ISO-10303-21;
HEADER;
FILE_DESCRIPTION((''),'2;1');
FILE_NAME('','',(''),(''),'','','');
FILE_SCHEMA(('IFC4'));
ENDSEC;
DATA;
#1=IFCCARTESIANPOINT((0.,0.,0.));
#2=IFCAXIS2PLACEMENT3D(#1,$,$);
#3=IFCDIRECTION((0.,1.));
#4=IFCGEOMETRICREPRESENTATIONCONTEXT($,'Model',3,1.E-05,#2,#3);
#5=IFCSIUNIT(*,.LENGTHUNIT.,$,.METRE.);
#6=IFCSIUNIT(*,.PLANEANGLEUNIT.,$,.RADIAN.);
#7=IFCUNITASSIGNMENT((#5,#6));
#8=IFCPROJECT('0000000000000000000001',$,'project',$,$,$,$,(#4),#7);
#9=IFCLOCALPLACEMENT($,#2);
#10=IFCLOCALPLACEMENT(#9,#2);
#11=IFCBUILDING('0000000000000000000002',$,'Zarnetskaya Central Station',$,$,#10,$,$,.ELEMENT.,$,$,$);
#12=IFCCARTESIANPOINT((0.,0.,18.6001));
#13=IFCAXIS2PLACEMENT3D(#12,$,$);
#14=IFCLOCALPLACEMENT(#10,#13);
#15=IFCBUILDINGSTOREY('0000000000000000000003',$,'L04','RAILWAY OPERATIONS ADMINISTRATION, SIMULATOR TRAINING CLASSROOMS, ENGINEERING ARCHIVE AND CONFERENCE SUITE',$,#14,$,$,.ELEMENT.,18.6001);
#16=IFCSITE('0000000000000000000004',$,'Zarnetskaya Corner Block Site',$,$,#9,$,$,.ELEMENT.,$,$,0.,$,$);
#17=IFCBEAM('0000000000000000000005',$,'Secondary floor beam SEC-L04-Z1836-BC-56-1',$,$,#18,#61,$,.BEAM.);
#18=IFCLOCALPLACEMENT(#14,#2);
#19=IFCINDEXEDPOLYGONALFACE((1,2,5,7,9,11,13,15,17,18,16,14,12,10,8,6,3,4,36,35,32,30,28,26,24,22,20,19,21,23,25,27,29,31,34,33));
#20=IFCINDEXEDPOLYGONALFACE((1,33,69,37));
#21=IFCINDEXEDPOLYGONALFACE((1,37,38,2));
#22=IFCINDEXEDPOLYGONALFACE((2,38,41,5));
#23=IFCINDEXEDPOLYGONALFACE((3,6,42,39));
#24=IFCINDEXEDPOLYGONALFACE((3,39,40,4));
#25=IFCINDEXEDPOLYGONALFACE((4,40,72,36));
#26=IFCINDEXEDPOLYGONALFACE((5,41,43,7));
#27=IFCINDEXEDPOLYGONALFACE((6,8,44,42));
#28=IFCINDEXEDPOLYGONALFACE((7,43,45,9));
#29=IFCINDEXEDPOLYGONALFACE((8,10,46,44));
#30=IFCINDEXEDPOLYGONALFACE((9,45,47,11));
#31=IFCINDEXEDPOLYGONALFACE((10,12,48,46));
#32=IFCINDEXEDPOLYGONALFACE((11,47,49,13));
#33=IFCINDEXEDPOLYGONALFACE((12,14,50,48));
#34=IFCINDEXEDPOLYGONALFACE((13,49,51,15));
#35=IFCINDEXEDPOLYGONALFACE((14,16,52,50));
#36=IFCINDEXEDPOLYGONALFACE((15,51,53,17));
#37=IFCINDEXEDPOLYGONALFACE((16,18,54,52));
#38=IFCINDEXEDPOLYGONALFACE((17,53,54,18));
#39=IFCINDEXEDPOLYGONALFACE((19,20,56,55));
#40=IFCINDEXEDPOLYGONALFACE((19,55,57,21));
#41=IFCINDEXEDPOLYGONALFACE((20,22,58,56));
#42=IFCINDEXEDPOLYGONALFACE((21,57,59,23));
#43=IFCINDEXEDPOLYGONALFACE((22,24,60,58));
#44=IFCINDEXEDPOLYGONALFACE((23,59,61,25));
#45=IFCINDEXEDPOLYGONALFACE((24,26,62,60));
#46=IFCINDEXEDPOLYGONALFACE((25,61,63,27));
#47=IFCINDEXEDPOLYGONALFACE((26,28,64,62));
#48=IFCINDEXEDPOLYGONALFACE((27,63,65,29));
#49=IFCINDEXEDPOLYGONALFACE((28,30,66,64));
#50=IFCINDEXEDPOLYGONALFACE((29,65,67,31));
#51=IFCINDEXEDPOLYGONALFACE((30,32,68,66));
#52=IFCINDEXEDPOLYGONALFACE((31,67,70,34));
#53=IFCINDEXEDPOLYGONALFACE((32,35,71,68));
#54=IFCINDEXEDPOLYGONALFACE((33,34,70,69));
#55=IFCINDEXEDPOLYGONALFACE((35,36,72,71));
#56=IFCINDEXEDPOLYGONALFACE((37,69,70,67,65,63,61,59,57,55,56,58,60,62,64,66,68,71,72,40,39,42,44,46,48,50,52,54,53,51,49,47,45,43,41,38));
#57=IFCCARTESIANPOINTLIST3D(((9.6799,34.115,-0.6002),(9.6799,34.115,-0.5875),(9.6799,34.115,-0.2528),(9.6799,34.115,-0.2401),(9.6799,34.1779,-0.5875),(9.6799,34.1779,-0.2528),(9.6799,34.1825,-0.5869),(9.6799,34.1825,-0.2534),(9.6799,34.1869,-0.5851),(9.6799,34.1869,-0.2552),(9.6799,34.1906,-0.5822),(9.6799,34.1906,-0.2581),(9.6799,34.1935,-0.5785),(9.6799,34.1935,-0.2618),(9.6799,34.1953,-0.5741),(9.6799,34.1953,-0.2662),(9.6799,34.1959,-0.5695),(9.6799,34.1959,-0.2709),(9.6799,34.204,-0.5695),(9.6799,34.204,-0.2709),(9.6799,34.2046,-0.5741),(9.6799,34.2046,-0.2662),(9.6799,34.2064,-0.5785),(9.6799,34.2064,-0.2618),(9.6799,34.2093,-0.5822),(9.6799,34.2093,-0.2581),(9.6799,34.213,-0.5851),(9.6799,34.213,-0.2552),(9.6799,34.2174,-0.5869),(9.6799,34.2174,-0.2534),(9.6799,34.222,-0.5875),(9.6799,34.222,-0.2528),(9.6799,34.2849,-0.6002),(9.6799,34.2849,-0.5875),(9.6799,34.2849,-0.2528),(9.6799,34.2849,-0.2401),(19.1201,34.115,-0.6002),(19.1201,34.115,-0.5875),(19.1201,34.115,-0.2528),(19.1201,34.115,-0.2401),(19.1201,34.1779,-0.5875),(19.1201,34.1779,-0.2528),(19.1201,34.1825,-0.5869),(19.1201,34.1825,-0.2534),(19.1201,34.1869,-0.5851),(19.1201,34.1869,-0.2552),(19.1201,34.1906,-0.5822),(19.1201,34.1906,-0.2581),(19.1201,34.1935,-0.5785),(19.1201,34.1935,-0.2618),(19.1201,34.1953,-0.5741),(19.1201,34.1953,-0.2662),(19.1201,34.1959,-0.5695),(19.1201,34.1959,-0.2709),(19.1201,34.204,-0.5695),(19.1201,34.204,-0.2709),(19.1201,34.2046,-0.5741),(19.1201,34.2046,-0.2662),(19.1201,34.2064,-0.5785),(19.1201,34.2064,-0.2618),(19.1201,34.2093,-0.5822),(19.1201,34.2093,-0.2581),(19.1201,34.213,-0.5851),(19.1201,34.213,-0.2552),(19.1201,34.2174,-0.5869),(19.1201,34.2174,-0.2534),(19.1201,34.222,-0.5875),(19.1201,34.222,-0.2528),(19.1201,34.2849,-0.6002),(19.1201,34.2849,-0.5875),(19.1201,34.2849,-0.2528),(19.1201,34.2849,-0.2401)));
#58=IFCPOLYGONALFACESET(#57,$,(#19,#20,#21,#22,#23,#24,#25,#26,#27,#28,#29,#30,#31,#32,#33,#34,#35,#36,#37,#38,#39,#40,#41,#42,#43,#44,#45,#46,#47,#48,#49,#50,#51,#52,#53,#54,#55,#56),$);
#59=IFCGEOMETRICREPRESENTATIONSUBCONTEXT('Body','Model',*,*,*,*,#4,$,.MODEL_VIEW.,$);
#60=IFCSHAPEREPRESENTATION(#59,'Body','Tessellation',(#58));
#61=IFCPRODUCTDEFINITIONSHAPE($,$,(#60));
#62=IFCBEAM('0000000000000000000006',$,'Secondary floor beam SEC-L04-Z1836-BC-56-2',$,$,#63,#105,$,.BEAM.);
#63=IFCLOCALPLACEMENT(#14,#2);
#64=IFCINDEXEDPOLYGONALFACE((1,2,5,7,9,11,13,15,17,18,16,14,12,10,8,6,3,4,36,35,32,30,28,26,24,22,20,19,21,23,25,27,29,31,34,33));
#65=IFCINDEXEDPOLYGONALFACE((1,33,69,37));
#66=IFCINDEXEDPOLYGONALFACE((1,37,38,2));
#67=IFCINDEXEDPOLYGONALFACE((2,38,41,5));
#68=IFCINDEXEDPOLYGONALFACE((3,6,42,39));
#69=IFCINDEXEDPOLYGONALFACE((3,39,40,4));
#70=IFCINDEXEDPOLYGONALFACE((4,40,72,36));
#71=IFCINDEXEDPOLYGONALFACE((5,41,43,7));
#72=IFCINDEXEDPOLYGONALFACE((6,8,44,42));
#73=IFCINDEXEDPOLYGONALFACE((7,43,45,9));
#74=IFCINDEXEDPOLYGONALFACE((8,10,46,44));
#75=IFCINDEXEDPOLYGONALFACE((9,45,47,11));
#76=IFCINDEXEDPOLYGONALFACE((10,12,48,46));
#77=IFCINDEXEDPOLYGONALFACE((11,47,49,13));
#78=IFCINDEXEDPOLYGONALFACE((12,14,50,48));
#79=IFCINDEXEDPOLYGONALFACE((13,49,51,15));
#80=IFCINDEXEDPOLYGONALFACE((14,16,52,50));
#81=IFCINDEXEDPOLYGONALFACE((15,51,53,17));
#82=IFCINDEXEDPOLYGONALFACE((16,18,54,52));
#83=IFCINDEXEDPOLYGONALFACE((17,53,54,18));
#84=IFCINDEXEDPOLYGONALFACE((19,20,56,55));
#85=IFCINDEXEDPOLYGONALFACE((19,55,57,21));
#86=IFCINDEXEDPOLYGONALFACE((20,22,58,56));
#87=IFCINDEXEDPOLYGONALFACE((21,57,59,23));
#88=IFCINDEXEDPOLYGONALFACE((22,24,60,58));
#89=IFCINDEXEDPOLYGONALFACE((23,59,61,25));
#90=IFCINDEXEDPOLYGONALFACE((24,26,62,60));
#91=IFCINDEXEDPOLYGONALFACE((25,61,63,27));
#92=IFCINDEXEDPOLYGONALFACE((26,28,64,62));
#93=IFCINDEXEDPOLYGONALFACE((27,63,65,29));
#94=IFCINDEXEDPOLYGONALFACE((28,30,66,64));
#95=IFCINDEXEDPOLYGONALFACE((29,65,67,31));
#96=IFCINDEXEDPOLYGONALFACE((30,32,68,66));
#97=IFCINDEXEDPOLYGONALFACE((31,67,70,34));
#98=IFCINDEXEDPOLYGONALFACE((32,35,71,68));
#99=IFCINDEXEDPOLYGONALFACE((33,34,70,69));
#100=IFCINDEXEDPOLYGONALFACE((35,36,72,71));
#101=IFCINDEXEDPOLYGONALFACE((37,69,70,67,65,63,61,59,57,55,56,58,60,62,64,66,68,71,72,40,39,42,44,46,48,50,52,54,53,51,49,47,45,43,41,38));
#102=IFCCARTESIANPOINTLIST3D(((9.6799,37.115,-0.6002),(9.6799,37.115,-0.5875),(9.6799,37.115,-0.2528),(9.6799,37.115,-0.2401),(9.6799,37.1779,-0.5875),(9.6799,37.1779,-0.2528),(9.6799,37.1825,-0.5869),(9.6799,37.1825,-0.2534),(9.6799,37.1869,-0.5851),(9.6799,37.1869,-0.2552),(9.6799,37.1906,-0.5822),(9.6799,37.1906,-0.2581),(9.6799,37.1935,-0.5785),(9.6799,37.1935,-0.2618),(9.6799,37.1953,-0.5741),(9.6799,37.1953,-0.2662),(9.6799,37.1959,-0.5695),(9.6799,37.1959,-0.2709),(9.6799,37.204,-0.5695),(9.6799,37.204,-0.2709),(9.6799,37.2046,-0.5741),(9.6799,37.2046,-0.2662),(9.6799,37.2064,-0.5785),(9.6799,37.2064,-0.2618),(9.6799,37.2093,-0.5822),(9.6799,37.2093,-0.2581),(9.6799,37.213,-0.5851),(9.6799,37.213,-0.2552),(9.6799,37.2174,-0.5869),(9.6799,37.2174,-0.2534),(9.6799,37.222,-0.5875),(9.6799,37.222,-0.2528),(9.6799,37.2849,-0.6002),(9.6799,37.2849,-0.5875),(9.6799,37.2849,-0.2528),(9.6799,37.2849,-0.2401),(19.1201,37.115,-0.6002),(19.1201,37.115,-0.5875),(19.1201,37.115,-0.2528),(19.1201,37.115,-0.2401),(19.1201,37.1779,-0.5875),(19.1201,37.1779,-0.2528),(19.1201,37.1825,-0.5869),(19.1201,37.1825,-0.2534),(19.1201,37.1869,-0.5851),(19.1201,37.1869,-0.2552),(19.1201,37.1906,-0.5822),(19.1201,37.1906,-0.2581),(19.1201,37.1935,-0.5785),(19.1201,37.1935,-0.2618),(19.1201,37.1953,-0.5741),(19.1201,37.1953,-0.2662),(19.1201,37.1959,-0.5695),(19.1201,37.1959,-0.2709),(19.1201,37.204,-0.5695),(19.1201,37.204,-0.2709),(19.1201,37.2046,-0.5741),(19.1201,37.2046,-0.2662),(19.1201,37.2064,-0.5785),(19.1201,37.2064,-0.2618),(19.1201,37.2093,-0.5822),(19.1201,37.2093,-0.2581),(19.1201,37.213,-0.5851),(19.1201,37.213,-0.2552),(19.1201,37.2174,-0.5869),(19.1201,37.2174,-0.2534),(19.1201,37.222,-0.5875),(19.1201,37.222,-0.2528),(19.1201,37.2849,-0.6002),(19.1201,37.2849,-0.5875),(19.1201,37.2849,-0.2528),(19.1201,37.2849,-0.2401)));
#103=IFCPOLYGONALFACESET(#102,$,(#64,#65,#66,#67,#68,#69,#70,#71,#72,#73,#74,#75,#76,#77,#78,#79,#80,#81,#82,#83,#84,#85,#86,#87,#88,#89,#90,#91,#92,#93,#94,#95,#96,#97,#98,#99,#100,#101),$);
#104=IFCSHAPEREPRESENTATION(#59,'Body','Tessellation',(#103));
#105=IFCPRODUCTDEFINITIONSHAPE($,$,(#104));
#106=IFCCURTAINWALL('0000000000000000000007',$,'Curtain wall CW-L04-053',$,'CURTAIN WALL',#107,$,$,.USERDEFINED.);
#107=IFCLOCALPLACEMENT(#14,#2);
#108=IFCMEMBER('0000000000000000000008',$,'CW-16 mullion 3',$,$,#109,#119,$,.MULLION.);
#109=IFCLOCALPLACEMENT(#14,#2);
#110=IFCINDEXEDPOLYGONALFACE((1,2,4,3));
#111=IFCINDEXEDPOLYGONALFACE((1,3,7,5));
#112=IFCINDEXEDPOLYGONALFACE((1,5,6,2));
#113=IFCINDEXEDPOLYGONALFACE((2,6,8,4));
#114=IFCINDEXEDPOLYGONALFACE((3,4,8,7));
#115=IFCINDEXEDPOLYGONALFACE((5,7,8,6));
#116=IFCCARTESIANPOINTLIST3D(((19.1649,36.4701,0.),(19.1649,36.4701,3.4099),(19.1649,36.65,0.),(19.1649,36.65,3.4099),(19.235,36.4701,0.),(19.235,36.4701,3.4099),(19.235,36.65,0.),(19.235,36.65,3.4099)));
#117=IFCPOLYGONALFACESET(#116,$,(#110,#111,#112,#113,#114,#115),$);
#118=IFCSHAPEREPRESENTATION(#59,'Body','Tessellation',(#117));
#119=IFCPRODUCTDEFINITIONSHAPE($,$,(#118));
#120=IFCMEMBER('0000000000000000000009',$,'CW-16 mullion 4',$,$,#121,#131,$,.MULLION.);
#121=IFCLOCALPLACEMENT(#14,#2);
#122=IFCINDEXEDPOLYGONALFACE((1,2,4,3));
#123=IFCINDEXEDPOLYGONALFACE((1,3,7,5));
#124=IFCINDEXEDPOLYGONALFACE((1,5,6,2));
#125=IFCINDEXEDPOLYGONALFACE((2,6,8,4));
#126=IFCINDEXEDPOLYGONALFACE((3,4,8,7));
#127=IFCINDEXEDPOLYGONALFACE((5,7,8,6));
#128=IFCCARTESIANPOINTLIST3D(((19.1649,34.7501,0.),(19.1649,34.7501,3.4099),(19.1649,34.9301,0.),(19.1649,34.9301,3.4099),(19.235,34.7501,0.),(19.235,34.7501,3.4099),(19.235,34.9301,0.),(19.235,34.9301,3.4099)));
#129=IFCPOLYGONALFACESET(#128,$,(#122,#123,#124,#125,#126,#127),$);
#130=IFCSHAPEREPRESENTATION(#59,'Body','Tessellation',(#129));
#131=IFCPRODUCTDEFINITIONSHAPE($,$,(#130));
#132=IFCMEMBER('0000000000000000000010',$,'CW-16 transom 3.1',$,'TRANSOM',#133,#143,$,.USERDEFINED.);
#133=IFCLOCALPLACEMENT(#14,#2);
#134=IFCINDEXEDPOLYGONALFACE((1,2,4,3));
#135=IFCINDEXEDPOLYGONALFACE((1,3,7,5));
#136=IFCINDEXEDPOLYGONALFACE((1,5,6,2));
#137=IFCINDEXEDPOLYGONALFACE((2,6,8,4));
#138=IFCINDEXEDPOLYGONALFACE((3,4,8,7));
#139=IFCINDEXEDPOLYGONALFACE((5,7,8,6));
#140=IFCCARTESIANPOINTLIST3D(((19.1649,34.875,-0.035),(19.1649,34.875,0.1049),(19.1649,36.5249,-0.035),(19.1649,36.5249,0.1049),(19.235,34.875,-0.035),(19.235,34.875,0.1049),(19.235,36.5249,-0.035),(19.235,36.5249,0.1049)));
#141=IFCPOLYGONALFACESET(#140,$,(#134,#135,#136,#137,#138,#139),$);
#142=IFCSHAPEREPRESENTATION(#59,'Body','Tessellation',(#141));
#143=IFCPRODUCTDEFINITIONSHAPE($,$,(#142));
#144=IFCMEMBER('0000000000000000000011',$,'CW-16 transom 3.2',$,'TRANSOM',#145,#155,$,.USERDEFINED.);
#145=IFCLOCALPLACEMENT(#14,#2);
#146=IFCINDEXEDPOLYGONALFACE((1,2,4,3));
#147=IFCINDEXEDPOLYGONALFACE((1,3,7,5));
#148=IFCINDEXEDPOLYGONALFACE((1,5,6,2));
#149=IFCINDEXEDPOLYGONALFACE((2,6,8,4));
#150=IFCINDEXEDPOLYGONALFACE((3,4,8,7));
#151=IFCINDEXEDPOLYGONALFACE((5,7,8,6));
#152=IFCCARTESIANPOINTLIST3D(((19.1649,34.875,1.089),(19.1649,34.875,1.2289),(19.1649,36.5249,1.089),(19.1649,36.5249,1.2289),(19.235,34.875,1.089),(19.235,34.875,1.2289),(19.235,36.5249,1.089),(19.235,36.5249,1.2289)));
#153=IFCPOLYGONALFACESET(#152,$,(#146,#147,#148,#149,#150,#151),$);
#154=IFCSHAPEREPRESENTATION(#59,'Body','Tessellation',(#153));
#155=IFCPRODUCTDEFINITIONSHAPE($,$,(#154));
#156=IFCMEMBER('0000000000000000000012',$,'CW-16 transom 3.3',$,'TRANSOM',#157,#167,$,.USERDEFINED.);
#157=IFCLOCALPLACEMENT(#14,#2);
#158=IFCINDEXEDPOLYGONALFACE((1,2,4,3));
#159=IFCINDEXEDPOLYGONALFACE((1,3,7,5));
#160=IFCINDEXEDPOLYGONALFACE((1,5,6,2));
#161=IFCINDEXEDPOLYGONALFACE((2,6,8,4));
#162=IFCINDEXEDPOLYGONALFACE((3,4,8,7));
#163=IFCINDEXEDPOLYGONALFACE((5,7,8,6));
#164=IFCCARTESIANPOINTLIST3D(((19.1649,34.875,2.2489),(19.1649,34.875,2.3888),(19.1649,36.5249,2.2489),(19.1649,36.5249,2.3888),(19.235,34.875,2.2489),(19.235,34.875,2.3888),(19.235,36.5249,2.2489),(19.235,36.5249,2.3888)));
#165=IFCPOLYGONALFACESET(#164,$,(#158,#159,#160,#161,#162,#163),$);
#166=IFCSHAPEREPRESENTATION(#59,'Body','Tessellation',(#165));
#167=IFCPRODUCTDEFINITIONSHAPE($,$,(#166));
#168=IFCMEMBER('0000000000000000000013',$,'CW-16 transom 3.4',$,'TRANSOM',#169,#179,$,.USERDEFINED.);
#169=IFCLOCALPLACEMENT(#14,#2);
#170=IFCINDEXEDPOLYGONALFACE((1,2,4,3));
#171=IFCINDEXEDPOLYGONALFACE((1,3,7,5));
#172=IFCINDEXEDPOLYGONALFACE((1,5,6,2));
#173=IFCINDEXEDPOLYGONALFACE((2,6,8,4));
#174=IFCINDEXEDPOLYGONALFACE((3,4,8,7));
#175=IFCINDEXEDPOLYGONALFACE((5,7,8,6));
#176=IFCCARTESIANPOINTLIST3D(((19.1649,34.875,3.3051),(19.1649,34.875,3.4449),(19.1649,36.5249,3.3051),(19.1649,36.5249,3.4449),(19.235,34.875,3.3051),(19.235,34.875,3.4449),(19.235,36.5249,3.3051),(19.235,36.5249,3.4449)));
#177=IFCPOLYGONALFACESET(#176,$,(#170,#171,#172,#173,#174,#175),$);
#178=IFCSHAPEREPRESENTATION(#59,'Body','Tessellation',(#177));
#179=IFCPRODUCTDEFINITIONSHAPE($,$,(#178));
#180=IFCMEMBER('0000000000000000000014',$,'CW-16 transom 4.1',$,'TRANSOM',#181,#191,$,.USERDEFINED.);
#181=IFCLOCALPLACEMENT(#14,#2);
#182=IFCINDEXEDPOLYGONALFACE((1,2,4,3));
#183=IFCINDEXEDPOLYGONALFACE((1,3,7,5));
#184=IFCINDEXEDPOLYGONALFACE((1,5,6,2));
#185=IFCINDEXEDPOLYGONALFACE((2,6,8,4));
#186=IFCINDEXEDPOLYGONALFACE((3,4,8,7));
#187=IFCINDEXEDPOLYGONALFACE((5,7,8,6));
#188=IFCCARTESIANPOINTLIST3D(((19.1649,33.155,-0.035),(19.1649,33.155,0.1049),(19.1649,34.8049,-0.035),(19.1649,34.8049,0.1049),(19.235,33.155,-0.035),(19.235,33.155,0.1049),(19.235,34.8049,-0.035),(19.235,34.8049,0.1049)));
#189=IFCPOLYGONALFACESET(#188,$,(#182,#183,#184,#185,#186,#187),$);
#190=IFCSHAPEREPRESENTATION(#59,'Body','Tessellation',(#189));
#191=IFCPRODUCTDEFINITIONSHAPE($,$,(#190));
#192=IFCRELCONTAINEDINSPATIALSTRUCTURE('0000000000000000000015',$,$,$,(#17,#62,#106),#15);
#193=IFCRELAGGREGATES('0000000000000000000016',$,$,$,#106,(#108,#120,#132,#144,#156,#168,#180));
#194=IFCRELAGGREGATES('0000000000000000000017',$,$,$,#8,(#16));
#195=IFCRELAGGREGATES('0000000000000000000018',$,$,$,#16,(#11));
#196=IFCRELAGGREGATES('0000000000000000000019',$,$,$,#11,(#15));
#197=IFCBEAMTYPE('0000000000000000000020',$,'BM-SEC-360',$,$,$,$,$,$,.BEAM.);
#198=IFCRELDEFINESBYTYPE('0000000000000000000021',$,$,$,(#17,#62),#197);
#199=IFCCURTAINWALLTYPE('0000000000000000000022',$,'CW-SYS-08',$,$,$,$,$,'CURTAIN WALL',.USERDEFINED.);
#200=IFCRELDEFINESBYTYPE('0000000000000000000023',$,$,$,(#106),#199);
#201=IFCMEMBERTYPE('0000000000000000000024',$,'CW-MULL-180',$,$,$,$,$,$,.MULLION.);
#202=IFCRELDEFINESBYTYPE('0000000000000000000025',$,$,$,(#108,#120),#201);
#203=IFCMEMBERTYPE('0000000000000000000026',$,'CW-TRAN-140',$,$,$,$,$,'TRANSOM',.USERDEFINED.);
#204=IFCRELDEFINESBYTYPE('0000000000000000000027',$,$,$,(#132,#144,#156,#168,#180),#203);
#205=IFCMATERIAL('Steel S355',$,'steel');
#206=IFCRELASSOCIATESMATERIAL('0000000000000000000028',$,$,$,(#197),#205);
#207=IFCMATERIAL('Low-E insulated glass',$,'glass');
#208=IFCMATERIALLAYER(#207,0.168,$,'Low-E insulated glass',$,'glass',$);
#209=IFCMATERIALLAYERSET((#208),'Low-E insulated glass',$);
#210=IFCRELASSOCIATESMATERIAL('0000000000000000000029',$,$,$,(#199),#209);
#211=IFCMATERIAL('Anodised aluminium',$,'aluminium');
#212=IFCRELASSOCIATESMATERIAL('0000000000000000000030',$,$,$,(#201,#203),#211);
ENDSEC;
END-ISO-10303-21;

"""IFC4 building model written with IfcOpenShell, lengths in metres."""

from ifc_helpers import new_model, si_unit, direction, frame, origin, origin_2d, place, context, subcontext, project, spatial, rectangle, i_section, extrude, material, layer, layer_set, material_profile, profile_set, type_object, element, aggregate, save


model = new_model("IFC4")

# Units and contexts
model_context = context("Model", 3, precision=1e-05, world=origin(), true_north=direction((0.0, 1.0)))
body_context = subcontext(model_context, "Body", "Model", "MODEL_VIEW")
ifc_project = project(units=[si_unit("LENGTHUNIT", "METRE"), si_unit("PLANEANGLEUNIT", "RADIAN")], contexts=[model_context])

# Site, building, storey
site_placement = place(None, origin())
site = spatial("IfcSite", under=ifc_project, at=site_placement, Name="Zarnetskaya Corner Block Site", CompositionType="ELEMENT", RefElevation=0.0)
building_placement = place(site_placement, origin())
building = spatial("IfcBuilding", under=site, at=building_placement, Name="Zarnetskaya Central Station", CompositionType="ELEMENT")
storey_placement = place(building_placement, frame((0.0, 0.0, 18.6001)))
storey = spatial("IfcBuildingStorey", under=building, at=storey_placement, Name="L04", Description="RAILWAY OPERATIONS ADMINISTRATION, SIMULATOR TRAINING CLASSROOMS, ENGINEERING ARCHIVE AND CONFERENCE SUITE", CompositionType="ELEMENT", Elevation=18.6001)

# Beams
ifc_material_1 = material(Name="Steel S355", Category="steel")
ifc_material_profile_1 = material_profile(ifc_material_1, i_section(OverallWidth=0.1699, OverallDepth=0.3601, WebThickness=0.0081, FlangeThickness=0.0127, FilletRadius=0.0181, at=origin_2d()), Name="IPE 360")
ifc_profile_set_1 = profile_set([ifc_material_profile_1], Name="Steel S355")
beam_type = type_object("IfcBeamType", Name="BM-SEC-360", PredefinedType="BEAM", material=ifc_profile_set_1)
for number, where, z_axis, x_axis, name in (
    (1, (9.6799, 34.2, -0.4202), (1.0, 0.0, 0.0), (0.0, 1.0, 0.0), "Secondary floor beam SEC-L04-Z1836-BC-56-1"),
    (2, (9.6799, 37.2, -0.4202), (1.0, 0.0, 0.0), (0.0, 1.0, 0.0), "Secondary floor beam SEC-L04-Z1836-BC-56-2"),
):
    element("IfcBeam", number, at=place(storey_placement, frame(where, z_axis=z_axis, x_axis=x_axis)), inside=storey, type_object=beam_type, Name=name, PredefinedType="BEAM", context=body_context, shape_type="SweptSolid", body=[
        extrude(i_section(OverallWidth=0.1699, OverallDepth=0.3601, WebThickness=0.0081, FlangeThickness=0.0127, FilletRadius=0.0181, at=origin_2d()), origin(), (0.0, 0.0, 1.0), 9.4402),
    ])

# Curtain wall, members
ifc_material_2 = material(Name="Low-E insulated glass", Category="glass")
ifc_layer_1 = layer(ifc_material_2, 0.168, Name="Low-E insulated glass", Category="glass")
ifc_layer_set_1 = layer_set([ifc_layer_1], Name="Low-E insulated glass")
curtain_wall_type = type_object("IfcCurtainWallType", Name="CW-SYS-08", ElementType="CURTAIN WALL", PredefinedType="USERDEFINED", material=ifc_layer_set_1)
curtain_wall_placement = place(storey_placement, origin())
curtain_wall = element("IfcCurtainWall", 3, at=curtain_wall_placement, inside=storey, type_object=curtain_wall_type, Name="Curtain wall CW-L04-053", ObjectType="CURTAIN WALL", PredefinedType="USERDEFINED")
ifc_material_3 = material(Name="Anodised aluminium", Category="aluminium")
ifc_material_profile_2 = material_profile(ifc_material_3, rectangle(XDim=0.0701, YDim=0.1799, at=origin_2d()), Name="ALU MULL 70x180")
ifc_profile_set_2 = profile_set([ifc_material_profile_2], Name="Anodised aluminium")
member_type_1 = type_object("IfcMemberType", Name="CW-MULL-180", PredefinedType="MULLION", material=ifc_profile_set_2)
member_1_placement = place(storey_placement, frame((19.2, 36.5601, 0.0), z_axis=(0.0, 0.0, 1.0), x_axis=(1.0, 0.0, 0.0)))
member_1 = element("IfcMember", 4, at=member_1_placement, type_object=member_type_1, Name="CW-16 mullion 3", PredefinedType="MULLION", context=body_context, shape_type="SweptSolid", body=[
    extrude(rectangle(XDim=0.0701, YDim=0.1799, at=origin_2d()), origin(), (0.0, 0.0, 1.0), 3.4099),
])
member_2_placement = place(storey_placement, frame((19.2, 34.8401, 0.0), z_axis=(0.0, 0.0, 1.0), x_axis=(1.0, 0.0, 0.0)))
member_2 = element("IfcMember", 5, at=member_2_placement, type_object=member_type_1, Name="CW-16 mullion 4", PredefinedType="MULLION", context=body_context, shape_type="SweptSolid", body=[
    extrude(rectangle(XDim=0.0701, YDim=0.1799, at=origin_2d()), origin(), (0.0, 0.0, 1.0), 3.4099),
])
ifc_material_profile_3 = material_profile(ifc_material_3, rectangle(XDim=0.0701, YDim=0.1399, at=origin_2d()), Name="ALU TRAN 70x140")
ifc_profile_set_3 = profile_set([ifc_material_profile_3], Name="Anodised aluminium")
member_type_2 = type_object("IfcMemberType", Name="CW-TRAN-140", ElementType="TRANSOM", PredefinedType="USERDEFINED", material=ifc_profile_set_3)
member_3_placement = place(storey_placement, frame((19.2, 36.5249, 0.0349), z_axis=(0.0, -1.0, 0.0), x_axis=(1.0, 0.0, 0.0)))
member_3 = element("IfcMember", 6, at=member_3_placement, type_object=member_type_2, Name="CW-16 transom 3.1", ObjectType="TRANSOM", PredefinedType="USERDEFINED", context=body_context, shape_type="SweptSolid", body=[
    extrude(rectangle(XDim=0.0701, YDim=0.1399, at=origin_2d()), origin(), (0.0, 0.0, 1.0), 1.6499),
])
member_4_placement = place(storey_placement, frame((19.2, 36.5249, 1.1589), z_axis=(0.0, -1.0, 0.0), x_axis=(1.0, 0.0, 0.0)))
member_4 = element("IfcMember", 7, at=member_4_placement, type_object=member_type_2, Name="CW-16 transom 3.2", ObjectType="TRANSOM", PredefinedType="USERDEFINED", context=body_context, shape_type="SweptSolid", body=[
    extrude(rectangle(XDim=0.0701, YDim=0.1399, at=origin_2d()), origin(), (0.0, 0.0, 1.0), 1.6499),
])
member_5_placement = place(storey_placement, frame((19.2, 36.5249, 2.3188), z_axis=(0.0, -1.0, 0.0), x_axis=(1.0, 0.0, 0.0)))
member_5 = element("IfcMember", 8, at=member_5_placement, type_object=member_type_2, Name="CW-16 transom 3.3", ObjectType="TRANSOM", PredefinedType="USERDEFINED", context=body_context, shape_type="SweptSolid", body=[
    extrude(rectangle(XDim=0.0701, YDim=0.1399, at=origin_2d()), origin(), (0.0, 0.0, 1.0), 1.6499),
])
member_6_placement = place(storey_placement, frame((19.2, 36.5249, 3.375), z_axis=(0.0, -1.0, 0.0), x_axis=(1.0, 0.0, 0.0)))
member_6 = element("IfcMember", 9, at=member_6_placement, type_object=member_type_2, Name="CW-16 transom 3.4", ObjectType="TRANSOM", PredefinedType="USERDEFINED", context=body_context, shape_type="SweptSolid", body=[
    extrude(rectangle(XDim=0.0701, YDim=0.1399, at=origin_2d()), origin(), (0.0, 0.0, 1.0), 1.6499),
])
member_7_placement = place(storey_placement, frame((19.2, 34.8049, 0.0349), z_axis=(0.0, -1.0, 0.0), x_axis=(1.0, 0.0, 0.0)))
member_7 = element("IfcMember", 10, at=member_7_placement, type_object=member_type_2, Name="CW-16 transom 4.1", ObjectType="TRANSOM", PredefinedType="USERDEFINED", context=body_context, shape_type="SweptSolid", body=[
    extrude(rectangle(XDim=0.0701, YDim=0.1399, at=origin_2d()), origin(), (0.0, 0.0, 1.0), 1.6499),
])
aggregate(curtain_wall, [member_1, member_2, member_3, member_4, member_5, member_6, member_7])

save(model, "model.ifc")
